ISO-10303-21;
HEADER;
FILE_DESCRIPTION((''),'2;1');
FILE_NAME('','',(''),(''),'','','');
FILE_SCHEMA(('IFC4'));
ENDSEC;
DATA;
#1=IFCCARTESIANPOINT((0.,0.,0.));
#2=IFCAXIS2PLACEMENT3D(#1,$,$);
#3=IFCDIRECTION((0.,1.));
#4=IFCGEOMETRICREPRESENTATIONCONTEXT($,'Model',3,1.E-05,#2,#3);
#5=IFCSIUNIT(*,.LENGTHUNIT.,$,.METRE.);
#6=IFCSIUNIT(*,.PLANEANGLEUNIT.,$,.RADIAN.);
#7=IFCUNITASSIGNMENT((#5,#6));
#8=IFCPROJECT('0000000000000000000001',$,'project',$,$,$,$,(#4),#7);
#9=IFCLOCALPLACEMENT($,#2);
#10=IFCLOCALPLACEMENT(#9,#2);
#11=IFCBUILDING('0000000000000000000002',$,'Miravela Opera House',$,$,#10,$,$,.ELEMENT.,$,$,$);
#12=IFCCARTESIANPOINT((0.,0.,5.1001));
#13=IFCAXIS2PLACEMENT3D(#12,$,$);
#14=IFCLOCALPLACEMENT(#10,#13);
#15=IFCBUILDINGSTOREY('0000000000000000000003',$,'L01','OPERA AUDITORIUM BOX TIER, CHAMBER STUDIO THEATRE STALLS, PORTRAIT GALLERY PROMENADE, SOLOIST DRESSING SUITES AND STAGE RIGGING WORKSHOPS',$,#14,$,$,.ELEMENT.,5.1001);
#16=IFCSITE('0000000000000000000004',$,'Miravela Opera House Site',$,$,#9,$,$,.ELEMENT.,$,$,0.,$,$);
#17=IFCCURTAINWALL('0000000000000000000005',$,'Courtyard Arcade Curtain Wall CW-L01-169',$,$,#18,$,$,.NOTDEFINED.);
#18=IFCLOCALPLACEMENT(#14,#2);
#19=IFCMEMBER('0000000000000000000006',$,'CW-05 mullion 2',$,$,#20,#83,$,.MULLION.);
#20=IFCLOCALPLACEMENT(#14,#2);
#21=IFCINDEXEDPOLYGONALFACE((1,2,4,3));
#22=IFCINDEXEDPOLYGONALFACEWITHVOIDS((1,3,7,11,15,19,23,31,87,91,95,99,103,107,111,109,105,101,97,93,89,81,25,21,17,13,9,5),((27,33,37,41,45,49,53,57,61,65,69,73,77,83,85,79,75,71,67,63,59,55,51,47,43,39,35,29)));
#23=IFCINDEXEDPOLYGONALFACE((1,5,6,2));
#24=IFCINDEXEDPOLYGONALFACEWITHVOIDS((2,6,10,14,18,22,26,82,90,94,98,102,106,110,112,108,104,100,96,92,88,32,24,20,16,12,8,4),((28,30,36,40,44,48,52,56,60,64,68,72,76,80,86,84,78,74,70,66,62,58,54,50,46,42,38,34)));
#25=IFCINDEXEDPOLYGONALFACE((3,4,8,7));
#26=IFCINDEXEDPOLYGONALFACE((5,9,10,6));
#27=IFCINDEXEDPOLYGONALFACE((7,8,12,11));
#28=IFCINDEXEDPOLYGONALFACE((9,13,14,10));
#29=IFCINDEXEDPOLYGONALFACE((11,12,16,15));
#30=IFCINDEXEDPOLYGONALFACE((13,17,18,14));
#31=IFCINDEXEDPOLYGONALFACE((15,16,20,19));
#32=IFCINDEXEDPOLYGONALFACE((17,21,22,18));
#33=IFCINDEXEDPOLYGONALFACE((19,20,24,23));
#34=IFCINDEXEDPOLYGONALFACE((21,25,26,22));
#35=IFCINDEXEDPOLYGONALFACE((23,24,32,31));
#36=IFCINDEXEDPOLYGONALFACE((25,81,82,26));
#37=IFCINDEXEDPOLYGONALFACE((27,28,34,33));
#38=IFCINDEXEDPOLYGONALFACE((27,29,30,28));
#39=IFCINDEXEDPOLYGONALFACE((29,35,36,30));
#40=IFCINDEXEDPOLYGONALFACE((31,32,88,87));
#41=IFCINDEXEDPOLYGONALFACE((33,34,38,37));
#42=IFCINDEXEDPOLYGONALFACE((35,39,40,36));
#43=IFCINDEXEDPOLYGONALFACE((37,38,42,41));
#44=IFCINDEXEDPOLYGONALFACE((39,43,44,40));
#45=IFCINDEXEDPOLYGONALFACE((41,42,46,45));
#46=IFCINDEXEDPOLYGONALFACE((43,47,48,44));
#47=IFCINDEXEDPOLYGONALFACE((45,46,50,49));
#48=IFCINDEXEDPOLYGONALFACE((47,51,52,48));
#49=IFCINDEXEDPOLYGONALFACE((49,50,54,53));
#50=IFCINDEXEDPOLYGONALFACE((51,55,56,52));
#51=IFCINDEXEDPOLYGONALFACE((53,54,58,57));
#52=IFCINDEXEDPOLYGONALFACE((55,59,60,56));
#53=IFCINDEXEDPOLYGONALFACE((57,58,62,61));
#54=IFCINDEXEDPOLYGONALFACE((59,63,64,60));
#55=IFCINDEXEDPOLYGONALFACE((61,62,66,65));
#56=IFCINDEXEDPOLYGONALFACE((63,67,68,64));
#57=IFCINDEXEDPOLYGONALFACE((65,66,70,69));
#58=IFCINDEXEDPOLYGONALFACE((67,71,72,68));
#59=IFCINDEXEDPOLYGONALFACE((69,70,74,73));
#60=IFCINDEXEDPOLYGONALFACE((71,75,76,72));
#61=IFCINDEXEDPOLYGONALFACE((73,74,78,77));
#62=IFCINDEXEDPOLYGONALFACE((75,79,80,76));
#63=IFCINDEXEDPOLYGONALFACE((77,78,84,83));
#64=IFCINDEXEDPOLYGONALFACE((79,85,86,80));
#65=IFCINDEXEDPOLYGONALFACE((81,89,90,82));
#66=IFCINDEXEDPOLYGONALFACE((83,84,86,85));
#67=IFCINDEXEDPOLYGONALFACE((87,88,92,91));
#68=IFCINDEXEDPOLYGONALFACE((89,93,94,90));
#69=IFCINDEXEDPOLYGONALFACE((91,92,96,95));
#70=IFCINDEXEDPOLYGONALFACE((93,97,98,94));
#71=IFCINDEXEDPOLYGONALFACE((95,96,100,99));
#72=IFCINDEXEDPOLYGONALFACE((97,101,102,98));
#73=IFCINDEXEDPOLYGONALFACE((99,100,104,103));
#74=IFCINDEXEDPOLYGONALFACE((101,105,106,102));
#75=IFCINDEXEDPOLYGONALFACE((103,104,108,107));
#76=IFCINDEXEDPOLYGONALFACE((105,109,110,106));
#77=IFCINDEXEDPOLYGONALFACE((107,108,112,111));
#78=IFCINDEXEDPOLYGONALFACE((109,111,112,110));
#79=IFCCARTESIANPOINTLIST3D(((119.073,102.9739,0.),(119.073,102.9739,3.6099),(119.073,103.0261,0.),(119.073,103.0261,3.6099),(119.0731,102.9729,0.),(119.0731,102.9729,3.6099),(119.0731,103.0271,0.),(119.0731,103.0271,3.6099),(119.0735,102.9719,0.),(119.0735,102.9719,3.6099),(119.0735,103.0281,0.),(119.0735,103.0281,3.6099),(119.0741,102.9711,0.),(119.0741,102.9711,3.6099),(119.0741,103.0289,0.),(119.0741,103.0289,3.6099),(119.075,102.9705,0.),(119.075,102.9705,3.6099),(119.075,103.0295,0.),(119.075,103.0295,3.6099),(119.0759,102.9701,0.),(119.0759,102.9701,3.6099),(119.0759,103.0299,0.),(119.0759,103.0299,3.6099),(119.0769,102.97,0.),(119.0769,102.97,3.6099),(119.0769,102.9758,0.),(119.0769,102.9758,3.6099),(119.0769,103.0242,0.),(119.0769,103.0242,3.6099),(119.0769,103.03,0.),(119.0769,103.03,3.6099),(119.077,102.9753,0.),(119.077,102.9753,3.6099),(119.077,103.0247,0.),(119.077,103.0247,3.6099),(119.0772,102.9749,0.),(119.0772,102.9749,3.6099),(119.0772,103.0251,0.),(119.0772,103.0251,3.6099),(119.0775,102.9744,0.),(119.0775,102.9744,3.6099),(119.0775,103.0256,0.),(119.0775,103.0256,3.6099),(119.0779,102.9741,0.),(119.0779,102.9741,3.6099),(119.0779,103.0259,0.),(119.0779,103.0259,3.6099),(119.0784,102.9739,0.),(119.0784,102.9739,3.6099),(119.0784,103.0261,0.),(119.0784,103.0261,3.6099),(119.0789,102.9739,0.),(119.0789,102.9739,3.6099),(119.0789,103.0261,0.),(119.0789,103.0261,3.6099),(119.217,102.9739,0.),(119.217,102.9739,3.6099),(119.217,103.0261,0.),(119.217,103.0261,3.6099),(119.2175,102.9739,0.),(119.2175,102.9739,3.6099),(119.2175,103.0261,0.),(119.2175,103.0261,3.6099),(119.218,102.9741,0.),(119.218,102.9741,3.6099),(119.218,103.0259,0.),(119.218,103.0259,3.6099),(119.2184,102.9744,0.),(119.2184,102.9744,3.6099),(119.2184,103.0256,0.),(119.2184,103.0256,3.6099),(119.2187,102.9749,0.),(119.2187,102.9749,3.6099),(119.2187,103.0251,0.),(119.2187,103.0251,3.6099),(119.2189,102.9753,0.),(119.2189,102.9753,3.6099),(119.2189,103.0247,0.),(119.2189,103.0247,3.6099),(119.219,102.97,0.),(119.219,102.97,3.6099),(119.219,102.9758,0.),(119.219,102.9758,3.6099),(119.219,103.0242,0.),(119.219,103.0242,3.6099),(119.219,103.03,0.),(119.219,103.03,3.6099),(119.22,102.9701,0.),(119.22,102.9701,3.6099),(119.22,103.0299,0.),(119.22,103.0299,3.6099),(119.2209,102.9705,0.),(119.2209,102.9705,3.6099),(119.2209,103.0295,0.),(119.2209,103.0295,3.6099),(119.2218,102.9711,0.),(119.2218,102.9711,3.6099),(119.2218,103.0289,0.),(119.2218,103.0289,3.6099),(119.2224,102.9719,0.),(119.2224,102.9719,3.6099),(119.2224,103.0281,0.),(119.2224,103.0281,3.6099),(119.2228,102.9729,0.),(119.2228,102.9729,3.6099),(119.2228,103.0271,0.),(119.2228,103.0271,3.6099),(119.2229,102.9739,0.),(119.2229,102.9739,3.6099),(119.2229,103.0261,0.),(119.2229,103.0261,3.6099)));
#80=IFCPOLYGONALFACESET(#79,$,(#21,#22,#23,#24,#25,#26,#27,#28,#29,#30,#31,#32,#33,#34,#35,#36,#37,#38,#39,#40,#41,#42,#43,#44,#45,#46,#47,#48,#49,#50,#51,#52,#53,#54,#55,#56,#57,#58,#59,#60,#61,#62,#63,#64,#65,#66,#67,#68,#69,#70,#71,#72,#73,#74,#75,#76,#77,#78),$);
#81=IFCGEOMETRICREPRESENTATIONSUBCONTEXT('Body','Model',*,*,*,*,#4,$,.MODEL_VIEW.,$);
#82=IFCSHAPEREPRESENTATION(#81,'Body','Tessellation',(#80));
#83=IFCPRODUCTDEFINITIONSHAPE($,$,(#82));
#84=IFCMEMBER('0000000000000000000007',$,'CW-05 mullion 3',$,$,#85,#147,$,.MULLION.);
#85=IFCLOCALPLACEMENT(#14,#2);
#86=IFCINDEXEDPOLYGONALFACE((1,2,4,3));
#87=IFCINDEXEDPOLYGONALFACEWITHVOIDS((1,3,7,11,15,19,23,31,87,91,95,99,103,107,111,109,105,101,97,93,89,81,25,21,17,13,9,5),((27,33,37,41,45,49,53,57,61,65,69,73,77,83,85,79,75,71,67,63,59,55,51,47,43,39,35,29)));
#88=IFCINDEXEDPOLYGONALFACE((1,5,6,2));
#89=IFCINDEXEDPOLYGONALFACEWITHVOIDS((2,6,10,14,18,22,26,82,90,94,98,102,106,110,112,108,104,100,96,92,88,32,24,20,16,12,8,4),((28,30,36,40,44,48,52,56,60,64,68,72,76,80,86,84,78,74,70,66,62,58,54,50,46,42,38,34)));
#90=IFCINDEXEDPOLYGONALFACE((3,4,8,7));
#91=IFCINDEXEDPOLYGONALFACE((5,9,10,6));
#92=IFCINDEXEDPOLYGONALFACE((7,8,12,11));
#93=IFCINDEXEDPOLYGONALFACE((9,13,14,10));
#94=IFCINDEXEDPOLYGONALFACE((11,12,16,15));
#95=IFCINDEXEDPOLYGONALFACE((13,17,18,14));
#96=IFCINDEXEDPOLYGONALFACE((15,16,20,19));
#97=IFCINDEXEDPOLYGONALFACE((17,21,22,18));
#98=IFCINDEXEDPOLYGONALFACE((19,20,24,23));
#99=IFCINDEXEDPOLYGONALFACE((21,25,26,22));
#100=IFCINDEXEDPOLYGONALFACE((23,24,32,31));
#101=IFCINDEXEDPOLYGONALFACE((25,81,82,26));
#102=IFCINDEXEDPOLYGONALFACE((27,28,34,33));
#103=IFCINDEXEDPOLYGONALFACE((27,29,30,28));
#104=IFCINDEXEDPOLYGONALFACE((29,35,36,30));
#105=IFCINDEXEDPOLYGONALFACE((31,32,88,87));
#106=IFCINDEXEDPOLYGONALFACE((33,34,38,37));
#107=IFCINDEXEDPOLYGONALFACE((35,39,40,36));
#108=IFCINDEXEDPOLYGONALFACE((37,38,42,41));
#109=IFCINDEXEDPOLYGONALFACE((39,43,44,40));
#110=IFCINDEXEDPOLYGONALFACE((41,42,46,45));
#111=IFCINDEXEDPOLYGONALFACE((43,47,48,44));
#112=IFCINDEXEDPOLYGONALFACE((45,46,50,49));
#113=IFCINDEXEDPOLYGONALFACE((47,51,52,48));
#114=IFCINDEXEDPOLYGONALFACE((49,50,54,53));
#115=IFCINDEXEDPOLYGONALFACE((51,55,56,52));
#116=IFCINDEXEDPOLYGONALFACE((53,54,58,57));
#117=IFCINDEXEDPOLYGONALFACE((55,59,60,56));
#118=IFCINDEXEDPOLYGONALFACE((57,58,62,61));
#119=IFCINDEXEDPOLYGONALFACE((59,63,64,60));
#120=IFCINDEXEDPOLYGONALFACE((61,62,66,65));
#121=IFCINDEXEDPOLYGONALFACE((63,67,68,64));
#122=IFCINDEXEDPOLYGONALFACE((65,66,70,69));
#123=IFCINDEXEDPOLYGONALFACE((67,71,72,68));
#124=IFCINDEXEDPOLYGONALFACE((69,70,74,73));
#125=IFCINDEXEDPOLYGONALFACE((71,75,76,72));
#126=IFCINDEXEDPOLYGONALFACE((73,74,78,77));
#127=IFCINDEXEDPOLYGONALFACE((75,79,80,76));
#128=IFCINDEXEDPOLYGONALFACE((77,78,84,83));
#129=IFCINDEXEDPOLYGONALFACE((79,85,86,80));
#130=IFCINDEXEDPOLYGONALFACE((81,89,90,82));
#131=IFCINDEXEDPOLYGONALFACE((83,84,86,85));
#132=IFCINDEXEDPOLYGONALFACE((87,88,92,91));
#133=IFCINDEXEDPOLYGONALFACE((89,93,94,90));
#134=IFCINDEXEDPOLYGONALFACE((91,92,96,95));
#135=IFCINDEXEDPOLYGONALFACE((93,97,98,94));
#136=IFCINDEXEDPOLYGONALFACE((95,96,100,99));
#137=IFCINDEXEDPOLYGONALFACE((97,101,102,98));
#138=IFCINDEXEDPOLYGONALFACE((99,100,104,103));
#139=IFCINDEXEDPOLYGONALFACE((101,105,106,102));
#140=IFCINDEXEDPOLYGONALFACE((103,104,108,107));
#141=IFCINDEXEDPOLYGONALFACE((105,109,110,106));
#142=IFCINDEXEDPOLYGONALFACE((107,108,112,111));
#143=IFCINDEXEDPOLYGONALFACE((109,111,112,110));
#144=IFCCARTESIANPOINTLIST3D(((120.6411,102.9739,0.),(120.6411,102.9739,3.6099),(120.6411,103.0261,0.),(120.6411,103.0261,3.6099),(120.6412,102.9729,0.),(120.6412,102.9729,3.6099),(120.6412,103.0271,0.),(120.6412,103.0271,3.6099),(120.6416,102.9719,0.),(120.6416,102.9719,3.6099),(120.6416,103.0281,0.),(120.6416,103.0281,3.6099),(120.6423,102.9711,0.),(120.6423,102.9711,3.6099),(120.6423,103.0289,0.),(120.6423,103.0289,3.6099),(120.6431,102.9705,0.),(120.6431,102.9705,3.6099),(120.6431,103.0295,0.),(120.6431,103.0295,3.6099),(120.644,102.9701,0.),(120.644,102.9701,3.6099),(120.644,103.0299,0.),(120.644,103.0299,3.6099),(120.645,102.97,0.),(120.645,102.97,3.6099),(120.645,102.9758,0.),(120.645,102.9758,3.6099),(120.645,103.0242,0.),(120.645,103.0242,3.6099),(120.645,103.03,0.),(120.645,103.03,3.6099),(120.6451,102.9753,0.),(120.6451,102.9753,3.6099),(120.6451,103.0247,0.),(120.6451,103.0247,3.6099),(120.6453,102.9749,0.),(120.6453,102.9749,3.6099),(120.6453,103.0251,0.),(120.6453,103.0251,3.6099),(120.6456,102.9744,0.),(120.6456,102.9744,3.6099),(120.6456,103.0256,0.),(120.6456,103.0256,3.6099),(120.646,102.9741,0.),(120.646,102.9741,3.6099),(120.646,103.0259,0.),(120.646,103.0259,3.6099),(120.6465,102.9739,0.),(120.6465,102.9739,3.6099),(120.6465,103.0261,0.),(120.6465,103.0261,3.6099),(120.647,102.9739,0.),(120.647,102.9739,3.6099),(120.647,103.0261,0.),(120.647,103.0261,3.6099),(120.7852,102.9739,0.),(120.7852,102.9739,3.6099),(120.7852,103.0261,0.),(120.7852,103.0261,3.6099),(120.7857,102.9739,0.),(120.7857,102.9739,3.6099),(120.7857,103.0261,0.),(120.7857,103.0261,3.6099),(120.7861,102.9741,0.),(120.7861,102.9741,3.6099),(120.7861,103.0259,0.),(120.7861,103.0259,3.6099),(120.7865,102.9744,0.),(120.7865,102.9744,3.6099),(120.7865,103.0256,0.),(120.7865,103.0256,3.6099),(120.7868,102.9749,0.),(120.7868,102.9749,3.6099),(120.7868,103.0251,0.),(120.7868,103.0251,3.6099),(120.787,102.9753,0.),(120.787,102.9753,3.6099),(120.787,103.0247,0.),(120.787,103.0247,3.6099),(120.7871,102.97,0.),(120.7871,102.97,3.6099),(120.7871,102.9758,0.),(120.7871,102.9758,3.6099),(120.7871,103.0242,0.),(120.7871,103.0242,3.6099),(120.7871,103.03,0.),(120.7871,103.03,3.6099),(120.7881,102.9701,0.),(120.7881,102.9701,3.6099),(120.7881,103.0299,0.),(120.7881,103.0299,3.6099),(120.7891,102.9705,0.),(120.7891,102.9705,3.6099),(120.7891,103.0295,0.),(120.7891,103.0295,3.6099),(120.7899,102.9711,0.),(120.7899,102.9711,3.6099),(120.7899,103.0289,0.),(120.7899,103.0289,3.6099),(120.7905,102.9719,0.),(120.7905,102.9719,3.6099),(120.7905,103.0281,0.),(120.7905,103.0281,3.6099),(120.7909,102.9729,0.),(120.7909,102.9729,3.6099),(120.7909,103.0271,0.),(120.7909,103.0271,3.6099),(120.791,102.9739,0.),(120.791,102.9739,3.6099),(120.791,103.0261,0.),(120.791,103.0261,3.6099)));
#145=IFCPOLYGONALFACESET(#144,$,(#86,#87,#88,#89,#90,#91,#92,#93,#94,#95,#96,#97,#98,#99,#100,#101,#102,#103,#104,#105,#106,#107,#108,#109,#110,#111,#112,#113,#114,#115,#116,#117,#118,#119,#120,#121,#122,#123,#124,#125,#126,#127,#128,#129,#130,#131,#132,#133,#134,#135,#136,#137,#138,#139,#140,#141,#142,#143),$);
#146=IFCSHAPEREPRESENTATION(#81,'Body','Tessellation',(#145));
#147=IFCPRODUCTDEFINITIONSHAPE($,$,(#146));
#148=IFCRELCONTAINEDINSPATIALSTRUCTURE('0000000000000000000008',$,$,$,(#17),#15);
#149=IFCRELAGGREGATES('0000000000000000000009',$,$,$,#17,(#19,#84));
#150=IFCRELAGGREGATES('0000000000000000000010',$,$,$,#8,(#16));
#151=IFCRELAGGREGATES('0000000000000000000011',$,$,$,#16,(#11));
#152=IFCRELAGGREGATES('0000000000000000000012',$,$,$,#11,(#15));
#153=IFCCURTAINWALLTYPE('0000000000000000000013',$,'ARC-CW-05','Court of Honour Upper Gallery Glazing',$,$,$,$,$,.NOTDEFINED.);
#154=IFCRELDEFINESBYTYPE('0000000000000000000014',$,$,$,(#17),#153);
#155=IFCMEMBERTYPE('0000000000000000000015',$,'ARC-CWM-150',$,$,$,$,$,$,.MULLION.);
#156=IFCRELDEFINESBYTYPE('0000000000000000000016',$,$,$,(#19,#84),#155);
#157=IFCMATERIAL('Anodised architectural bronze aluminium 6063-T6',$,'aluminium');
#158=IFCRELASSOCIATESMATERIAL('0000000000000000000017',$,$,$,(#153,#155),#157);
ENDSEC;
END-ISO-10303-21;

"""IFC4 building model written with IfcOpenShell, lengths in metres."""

from ifc_helpers import new_model, si_unit, direction, frame, origin, origin_2d, place, context, subcontext, project, spatial, hollow_rectangle, extrude, material, material_profile, profile_set, type_object, element, aggregate, save


model = new_model("IFC4")

# Units and contexts
model_context = context("Model", 3, precision=1e-05, world=origin(), true_north=direction((0.0, 1.0)))
body_context = subcontext(model_context, "Body", "Model", "MODEL_VIEW")
ifc_project = project(units=[si_unit("LENGTHUNIT", "METRE"), si_unit("PLANEANGLEUNIT", "RADIAN")], contexts=[model_context])

# Site, building, storey
site_placement = place(None, origin())
site = spatial("IfcSite", under=ifc_project, at=site_placement, Name="Miravela Opera House Site", CompositionType="ELEMENT", RefElevation=0.0)
building_placement = place(site_placement, origin())
building = spatial("IfcBuilding", under=site, at=building_placement, Name="Miravela Opera House", CompositionType="ELEMENT")
storey_placement = place(building_placement, frame((0.0, 0.0, 5.1001)))
storey = spatial("IfcBuildingStorey", under=building, at=storey_placement, Name="L01", Description="OPERA AUDITORIUM BOX TIER, CHAMBER STUDIO THEATRE STALLS, PORTRAIT GALLERY PROMENADE, SOLOIST DRESSING SUITES AND STAGE RIGGING WORKSHOPS", CompositionType="ELEMENT", Elevation=5.1001)

# Curtain wall, members
ifc_material_1 = material(Name="Anodised architectural bronze aluminium 6063-T6", Category="aluminium")
curtain_wall_type = type_object("IfcCurtainWallType", Name="ARC-CW-05", Description="Court of Honour Upper Gallery Glazing", PredefinedType="NOTDEFINED", material=ifc_material_1)
curtain_wall_placement = place(storey_placement, origin())
curtain_wall = element("IfcCurtainWall", 1, at=curtain_wall_placement, inside=storey, type_object=curtain_wall_type, Name="Courtyard Arcade Curtain Wall CW-L01-169", PredefinedType="NOTDEFINED")
ifc_material_profile_1 = material_profile(ifc_material_1, hollow_rectangle(XDim=0.0601, YDim=0.1499, WallThickness=0.0039, InnerFilletRadius=0.002, OuterFilletRadius=0.0039, at=origin_2d()), Name="CWM-60X150")
ifc_profile_set_1 = profile_set([ifc_material_profile_1])
member_type_1 = type_object("IfcMemberType", Name="ARC-CWM-150", PredefinedType="MULLION", material=ifc_profile_set_1)
member_1_placement = place(storey_placement, frame((119.1479, 103.0, 0.0), z_axis=(0.0, 0.0, 1.0), x_axis=(0.0, 1.0, 0.0)))
member_1 = element("IfcMember", 2, at=member_1_placement, type_object=member_type_1, Name="CW-05 mullion 2", PredefinedType="MULLION", context=body_context, shape_type="SweptSolid", body=[
    extrude(hollow_rectangle(XDim=0.0601, YDim=0.1499, WallThickness=0.0039, InnerFilletRadius=0.002, OuterFilletRadius=0.0039, at=origin_2d()), origin(), (0.0, 0.0, 1.0), 3.6099),
])
member_2_placement = place(storey_placement, frame((120.7161, 103.0, 0.0), z_axis=(0.0, 0.0, 1.0), x_axis=(0.0, 1.0, 0.0)))
member_2 = element("IfcMember", 3, at=member_2_placement, type_object=member_type_1, Name="CW-05 mullion 3", PredefinedType="MULLION", context=body_context, shape_type="SweptSolid", body=[
    extrude(hollow_rectangle(XDim=0.0601, YDim=0.1499, WallThickness=0.0039, InnerFilletRadius=0.002, OuterFilletRadius=0.0039, at=origin_2d()), origin(), (0.0, 0.0, 1.0), 3.6099),
])

aggregate(curtain_wall, [member_1, member_2])

save(model, "model.ifc")
